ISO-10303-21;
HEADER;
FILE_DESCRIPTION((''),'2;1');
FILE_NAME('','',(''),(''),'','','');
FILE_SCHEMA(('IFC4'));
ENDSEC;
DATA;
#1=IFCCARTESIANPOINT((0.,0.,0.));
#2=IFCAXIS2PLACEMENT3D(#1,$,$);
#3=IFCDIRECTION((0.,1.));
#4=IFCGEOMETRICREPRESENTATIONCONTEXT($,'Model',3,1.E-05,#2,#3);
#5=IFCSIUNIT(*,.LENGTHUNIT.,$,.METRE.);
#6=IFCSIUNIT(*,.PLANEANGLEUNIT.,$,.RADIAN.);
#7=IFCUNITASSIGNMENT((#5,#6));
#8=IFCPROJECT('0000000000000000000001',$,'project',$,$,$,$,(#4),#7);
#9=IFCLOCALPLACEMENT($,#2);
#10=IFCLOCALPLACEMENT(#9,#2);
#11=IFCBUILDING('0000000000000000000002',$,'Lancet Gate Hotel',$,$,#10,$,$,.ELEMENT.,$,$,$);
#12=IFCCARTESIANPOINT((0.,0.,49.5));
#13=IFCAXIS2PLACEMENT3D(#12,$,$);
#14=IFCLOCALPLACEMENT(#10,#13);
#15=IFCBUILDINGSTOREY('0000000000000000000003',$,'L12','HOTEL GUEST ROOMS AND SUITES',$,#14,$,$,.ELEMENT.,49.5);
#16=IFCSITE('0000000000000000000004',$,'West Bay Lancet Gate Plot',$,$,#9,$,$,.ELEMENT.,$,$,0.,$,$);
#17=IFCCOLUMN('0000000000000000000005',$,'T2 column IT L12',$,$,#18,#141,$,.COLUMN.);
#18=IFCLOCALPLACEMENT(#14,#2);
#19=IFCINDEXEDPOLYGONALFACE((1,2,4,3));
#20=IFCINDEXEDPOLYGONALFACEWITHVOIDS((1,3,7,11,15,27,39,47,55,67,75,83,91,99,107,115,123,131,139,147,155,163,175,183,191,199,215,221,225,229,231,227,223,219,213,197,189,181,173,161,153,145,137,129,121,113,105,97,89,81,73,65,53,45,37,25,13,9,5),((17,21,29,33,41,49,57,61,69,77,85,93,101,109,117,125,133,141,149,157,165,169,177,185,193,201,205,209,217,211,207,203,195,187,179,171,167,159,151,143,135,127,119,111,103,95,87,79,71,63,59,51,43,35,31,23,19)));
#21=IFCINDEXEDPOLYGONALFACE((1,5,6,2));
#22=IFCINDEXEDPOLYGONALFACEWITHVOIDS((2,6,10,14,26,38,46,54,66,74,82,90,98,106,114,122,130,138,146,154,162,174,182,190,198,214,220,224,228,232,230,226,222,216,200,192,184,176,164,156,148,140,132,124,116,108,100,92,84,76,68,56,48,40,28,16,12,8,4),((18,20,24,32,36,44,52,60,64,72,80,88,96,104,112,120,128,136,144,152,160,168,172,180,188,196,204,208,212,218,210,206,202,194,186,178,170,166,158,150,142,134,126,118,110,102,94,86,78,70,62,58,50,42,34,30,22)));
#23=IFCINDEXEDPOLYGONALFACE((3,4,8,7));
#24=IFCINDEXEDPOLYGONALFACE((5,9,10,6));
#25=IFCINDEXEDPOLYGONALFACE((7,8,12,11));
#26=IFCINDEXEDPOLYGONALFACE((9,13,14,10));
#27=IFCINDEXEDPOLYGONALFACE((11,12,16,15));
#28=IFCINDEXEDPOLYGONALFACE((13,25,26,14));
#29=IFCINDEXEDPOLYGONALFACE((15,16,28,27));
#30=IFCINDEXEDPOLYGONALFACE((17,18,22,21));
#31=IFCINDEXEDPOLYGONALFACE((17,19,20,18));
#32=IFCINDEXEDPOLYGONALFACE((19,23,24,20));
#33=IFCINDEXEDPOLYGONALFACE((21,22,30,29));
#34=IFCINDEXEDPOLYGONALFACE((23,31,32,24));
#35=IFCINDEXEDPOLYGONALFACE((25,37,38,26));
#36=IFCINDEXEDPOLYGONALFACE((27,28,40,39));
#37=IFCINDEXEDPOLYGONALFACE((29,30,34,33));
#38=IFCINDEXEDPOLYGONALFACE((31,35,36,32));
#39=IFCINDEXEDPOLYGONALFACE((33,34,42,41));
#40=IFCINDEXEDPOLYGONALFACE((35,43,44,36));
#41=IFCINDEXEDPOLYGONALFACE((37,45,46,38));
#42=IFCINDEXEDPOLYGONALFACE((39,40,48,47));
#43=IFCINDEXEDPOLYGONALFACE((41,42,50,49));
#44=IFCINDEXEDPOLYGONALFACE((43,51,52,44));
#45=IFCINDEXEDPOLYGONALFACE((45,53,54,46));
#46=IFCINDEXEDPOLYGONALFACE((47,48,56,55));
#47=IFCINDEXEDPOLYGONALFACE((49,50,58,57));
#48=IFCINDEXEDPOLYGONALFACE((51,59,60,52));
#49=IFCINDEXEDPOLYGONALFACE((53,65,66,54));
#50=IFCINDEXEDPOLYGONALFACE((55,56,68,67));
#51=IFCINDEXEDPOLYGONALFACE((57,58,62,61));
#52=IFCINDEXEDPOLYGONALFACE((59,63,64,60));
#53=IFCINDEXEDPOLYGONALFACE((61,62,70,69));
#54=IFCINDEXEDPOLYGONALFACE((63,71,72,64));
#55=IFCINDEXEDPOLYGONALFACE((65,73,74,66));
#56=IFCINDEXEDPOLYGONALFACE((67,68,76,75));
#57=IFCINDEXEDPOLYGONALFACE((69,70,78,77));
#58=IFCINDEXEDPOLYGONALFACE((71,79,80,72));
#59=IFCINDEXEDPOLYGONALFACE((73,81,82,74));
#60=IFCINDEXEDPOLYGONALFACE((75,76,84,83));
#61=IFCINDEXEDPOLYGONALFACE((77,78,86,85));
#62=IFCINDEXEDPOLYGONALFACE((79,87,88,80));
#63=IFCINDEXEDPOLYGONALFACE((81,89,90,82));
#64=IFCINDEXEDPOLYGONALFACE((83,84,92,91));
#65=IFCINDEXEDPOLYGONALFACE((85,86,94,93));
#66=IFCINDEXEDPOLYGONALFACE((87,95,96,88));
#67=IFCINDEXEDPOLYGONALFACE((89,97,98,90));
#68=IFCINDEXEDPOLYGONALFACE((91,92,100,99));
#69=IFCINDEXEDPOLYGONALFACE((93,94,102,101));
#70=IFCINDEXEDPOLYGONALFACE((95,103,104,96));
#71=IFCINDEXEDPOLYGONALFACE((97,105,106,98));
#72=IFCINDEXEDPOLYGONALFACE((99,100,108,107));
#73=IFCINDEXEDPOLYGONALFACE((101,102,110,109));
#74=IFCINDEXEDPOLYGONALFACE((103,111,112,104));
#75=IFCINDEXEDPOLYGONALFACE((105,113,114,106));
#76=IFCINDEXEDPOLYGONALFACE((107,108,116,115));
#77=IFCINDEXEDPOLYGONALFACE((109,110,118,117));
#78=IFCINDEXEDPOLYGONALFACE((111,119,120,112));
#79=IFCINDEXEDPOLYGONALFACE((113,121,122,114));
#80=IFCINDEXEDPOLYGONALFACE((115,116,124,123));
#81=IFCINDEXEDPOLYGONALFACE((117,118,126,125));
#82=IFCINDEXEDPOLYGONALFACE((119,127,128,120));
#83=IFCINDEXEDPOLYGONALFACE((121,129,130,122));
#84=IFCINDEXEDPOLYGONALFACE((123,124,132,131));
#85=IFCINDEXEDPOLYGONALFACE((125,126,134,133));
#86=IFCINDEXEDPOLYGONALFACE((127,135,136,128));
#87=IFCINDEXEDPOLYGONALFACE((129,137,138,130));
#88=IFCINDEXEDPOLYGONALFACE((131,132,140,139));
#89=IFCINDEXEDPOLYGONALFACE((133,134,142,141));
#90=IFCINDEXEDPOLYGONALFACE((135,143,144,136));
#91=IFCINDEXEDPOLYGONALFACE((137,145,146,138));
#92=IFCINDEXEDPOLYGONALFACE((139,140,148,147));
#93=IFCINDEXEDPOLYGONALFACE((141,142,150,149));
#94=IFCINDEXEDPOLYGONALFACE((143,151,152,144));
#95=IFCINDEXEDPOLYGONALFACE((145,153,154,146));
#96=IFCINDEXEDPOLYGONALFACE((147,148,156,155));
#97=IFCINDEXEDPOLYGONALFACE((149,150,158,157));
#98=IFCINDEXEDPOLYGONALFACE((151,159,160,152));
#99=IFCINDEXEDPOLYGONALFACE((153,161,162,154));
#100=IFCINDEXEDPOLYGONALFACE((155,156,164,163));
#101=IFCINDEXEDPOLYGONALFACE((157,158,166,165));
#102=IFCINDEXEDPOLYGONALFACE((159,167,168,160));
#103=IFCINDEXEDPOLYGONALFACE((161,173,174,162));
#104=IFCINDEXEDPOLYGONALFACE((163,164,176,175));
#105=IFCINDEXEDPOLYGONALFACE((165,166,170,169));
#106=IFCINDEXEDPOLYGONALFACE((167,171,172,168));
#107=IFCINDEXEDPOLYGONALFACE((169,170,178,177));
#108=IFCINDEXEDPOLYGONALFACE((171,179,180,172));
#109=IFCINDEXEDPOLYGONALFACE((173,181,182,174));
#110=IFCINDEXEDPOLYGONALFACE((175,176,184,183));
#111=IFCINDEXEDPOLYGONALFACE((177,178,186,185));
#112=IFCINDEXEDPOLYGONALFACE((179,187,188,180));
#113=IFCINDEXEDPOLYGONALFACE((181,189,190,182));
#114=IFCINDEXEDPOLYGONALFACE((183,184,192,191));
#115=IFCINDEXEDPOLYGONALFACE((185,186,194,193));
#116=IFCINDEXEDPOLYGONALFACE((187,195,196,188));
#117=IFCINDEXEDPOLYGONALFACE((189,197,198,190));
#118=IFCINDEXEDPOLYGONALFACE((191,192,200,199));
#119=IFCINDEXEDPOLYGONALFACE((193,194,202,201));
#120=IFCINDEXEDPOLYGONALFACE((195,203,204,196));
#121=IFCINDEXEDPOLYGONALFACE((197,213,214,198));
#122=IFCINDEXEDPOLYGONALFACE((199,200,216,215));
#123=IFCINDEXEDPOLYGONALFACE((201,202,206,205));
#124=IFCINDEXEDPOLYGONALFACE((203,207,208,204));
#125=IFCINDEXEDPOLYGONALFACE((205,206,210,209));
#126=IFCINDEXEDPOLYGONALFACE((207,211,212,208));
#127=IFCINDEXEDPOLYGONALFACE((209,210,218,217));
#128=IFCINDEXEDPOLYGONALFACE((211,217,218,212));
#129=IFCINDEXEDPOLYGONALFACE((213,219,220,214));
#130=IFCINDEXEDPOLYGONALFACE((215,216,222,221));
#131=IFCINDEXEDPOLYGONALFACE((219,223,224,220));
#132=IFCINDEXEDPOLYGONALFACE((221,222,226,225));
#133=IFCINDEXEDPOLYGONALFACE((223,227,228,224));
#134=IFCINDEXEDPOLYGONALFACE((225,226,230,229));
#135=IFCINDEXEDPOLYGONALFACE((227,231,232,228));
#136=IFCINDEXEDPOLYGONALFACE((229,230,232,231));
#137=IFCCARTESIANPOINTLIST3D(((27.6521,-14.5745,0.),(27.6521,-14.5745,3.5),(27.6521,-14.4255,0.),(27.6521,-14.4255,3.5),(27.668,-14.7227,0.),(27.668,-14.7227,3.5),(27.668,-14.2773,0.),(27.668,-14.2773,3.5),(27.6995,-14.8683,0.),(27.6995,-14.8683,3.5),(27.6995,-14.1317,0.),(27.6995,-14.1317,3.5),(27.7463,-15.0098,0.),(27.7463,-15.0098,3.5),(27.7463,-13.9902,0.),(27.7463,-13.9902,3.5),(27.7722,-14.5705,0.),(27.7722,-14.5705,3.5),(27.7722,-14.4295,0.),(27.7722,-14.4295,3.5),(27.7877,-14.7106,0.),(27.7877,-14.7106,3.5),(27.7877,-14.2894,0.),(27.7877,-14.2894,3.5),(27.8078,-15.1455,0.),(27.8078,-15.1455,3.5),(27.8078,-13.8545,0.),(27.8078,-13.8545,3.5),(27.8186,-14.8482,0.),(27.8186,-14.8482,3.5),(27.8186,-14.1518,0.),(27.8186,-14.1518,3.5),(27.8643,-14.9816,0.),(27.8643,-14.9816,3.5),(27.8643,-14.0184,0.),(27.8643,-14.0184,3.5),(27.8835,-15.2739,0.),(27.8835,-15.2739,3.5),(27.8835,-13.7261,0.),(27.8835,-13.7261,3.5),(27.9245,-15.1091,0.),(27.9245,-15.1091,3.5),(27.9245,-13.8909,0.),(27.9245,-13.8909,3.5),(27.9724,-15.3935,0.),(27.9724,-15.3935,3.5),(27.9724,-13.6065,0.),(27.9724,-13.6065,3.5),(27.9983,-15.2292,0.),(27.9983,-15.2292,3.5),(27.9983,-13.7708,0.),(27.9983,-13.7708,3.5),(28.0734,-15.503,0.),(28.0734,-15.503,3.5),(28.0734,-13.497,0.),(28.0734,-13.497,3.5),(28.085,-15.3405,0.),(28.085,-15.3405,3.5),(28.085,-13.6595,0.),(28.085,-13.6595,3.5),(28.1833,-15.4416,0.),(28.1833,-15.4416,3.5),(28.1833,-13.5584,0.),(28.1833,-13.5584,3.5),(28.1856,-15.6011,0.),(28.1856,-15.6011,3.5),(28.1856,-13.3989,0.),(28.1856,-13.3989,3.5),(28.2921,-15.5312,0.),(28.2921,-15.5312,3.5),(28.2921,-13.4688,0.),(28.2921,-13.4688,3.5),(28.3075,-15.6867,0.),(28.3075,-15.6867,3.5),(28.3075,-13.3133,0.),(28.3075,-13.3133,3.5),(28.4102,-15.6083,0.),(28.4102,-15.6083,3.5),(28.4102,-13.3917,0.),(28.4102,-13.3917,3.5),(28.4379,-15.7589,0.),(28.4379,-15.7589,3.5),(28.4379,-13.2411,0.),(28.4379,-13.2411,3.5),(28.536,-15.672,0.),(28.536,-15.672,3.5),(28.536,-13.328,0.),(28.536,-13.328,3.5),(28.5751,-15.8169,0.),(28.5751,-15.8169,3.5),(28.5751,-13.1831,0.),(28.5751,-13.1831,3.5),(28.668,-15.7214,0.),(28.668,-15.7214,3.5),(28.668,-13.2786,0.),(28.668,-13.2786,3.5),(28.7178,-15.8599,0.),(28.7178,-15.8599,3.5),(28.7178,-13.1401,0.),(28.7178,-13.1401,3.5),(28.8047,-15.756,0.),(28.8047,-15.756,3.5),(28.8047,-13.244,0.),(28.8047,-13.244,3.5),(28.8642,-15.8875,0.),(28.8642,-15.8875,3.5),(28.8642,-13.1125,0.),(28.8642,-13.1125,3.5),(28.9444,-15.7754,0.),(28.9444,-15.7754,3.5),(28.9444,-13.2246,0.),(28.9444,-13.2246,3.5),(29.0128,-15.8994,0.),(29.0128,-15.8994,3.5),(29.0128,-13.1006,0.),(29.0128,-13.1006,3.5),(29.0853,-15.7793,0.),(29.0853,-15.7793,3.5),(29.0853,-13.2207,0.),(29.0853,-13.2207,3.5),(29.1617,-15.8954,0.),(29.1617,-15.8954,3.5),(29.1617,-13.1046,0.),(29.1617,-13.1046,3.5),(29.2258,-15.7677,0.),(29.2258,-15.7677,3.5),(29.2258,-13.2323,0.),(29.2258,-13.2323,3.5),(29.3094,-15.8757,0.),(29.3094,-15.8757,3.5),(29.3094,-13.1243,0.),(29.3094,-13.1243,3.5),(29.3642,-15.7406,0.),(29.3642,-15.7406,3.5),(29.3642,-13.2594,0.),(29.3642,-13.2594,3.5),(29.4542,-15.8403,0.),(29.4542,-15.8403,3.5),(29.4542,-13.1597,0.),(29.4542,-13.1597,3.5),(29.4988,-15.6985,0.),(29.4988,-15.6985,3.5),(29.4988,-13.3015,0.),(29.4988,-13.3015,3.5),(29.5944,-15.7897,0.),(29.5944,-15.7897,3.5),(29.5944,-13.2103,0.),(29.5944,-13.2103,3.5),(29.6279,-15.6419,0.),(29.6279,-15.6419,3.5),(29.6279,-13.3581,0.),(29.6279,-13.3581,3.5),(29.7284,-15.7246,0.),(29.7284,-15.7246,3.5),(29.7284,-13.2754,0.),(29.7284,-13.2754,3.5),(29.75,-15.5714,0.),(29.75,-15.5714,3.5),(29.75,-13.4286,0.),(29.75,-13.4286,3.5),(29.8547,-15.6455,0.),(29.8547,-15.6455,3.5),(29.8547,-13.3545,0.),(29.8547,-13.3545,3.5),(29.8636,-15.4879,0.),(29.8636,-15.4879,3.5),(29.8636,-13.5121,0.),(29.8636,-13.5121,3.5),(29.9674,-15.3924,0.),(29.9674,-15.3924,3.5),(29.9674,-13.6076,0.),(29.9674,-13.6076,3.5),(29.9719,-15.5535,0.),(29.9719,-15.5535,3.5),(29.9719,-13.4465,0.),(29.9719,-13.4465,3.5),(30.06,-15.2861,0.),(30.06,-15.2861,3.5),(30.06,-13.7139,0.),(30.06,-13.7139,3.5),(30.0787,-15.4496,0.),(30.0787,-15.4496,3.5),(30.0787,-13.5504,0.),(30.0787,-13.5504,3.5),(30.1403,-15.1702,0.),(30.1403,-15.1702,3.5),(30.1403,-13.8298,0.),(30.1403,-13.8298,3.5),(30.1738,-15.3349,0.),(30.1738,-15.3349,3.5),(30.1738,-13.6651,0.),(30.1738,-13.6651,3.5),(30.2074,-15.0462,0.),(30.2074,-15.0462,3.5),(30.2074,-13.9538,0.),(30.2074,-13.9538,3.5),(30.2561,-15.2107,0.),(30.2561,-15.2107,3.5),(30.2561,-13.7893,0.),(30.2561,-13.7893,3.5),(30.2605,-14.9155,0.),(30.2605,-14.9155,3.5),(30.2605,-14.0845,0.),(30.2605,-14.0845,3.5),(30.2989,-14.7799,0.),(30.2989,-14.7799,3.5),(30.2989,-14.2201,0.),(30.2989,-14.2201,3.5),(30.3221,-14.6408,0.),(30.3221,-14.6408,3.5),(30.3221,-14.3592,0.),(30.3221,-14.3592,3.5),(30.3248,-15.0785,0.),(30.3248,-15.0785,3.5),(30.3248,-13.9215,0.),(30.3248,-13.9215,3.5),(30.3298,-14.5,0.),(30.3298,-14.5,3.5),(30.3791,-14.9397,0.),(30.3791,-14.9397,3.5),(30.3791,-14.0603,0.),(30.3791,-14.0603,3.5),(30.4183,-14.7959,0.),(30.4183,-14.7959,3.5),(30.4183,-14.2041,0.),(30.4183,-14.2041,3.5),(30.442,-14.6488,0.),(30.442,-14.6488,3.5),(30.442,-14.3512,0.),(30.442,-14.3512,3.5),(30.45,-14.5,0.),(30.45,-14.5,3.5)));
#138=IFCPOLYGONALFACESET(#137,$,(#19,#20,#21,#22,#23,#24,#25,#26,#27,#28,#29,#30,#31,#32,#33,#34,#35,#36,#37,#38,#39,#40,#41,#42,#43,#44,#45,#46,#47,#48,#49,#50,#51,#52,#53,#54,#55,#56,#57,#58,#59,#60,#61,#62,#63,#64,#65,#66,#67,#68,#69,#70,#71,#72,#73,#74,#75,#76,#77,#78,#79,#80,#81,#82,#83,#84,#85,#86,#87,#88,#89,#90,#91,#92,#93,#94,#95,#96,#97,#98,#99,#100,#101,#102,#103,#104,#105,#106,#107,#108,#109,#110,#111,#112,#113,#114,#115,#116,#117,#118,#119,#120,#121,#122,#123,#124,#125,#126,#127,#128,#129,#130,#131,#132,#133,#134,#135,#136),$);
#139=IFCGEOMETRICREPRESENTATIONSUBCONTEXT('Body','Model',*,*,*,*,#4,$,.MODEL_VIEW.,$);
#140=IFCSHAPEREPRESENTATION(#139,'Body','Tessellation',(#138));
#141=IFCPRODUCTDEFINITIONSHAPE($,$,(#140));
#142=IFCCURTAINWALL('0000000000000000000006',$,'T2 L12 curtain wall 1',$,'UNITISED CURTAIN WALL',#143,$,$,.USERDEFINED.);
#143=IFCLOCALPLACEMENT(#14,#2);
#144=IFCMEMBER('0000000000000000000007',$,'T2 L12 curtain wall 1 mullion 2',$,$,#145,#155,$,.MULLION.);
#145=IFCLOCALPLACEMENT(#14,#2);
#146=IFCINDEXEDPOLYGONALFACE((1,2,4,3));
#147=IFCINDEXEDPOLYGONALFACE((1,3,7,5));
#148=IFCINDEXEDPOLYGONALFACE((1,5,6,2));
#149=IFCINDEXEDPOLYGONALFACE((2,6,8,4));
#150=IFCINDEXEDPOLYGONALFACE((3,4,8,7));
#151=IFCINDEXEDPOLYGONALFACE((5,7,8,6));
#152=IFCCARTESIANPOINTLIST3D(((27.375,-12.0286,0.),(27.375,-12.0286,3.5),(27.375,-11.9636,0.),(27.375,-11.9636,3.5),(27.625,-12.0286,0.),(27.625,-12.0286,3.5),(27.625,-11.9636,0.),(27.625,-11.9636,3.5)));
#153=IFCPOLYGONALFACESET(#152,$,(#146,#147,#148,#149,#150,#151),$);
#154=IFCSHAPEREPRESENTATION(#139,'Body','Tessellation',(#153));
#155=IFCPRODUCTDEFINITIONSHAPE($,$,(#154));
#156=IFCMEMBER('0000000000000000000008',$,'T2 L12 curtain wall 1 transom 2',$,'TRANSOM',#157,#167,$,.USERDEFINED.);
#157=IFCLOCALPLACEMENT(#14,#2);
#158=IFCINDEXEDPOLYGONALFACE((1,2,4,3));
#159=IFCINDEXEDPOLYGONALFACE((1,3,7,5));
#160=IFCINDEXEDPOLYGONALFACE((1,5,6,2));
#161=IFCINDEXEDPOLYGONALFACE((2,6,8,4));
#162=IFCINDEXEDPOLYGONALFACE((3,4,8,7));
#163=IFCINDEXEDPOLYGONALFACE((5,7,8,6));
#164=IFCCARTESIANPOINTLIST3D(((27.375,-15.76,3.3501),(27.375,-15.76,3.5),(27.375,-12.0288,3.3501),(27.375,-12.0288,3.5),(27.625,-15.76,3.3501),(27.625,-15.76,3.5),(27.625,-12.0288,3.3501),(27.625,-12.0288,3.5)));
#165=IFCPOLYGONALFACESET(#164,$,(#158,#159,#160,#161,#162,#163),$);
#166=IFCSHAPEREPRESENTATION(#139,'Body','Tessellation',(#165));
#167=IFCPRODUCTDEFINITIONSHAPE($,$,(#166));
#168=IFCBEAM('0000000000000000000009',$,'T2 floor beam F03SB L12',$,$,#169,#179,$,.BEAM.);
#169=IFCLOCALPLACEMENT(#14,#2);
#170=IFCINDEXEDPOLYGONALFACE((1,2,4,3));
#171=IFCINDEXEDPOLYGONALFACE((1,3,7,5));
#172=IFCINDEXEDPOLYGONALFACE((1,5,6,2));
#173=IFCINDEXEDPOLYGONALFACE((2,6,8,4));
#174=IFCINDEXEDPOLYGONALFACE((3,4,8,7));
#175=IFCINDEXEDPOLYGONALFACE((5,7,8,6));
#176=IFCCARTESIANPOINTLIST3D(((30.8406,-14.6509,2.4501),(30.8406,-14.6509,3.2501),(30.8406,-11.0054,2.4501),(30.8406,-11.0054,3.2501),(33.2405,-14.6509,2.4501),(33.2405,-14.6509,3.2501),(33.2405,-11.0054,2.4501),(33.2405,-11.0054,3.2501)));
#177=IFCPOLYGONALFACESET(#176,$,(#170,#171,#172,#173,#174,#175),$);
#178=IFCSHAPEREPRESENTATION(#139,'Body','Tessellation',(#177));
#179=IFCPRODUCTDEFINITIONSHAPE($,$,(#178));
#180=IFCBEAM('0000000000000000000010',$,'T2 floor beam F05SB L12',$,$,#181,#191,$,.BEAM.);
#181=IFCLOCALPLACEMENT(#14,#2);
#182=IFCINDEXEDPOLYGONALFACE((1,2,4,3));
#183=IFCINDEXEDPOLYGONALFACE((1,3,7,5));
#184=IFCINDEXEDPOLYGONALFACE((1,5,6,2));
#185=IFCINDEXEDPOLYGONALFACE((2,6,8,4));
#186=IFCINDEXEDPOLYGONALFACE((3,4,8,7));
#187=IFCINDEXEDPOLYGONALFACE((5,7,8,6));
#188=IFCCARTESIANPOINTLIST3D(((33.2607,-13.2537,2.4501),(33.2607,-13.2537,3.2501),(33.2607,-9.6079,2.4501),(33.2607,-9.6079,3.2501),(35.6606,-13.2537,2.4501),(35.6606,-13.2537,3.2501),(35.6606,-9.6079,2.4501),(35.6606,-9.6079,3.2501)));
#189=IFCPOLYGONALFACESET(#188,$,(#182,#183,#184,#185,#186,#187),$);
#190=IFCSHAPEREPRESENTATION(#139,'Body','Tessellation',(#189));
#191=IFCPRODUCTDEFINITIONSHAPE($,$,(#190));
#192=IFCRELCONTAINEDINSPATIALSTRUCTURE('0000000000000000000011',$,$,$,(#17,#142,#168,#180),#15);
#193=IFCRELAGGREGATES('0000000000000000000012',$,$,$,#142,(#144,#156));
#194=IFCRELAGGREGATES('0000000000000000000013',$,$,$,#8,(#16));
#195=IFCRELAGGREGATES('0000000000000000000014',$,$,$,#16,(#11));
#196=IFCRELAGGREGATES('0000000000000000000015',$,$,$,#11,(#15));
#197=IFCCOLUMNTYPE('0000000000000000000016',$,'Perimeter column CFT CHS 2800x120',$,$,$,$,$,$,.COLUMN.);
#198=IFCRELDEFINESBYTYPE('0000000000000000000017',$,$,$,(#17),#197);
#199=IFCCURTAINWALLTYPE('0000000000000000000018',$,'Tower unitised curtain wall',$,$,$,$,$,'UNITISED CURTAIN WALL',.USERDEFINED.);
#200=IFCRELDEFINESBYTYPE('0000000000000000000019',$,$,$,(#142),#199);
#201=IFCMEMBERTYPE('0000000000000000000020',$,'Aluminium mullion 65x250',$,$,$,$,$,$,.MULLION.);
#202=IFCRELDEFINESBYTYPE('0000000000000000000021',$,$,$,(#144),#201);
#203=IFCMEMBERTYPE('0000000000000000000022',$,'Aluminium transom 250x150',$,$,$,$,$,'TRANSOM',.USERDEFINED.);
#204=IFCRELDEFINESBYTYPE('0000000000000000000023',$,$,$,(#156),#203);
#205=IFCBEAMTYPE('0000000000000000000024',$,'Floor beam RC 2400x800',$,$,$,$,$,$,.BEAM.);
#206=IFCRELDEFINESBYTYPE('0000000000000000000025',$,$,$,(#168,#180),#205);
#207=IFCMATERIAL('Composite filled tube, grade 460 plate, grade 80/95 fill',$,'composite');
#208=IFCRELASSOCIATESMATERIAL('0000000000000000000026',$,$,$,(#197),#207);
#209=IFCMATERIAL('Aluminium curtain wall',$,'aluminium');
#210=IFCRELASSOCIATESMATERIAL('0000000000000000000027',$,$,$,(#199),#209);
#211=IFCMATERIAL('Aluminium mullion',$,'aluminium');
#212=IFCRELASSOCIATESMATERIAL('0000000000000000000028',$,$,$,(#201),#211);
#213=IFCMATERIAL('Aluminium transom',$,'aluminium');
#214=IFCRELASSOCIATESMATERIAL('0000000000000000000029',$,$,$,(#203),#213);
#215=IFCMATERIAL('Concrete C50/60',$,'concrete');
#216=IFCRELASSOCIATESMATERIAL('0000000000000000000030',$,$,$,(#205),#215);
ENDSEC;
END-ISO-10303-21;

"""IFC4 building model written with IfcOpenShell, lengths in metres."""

from ifc_helpers import new_model, si_unit, direction, frame, origin, origin_2d, place, context, subcontext, project, spatial, rectangle, hollow_circle, extrude, material, material_profile, profile_set, type_object, element, aggregate, save


model = new_model("IFC4")

# Units and contexts
model_context = context("Model", 3, precision=1e-05, world=origin(), true_north=direction((0.0, 1.0)))
body_context = subcontext(model_context, "Body", "Model", "MODEL_VIEW")
ifc_project = project(units=[si_unit("LENGTHUNIT", "METRE"), si_unit("PLANEANGLEUNIT", "RADIAN")], contexts=[model_context])

# Site, building, storey
site_placement = place(None, origin())
site = spatial("IfcSite", under=ifc_project, at=site_placement, Name="West Bay Lancet Gate Plot", CompositionType="ELEMENT", RefElevation=0.0)
building_placement = place(site_placement, origin())
building = spatial("IfcBuilding", under=site, at=building_placement, Name="Lancet Gate Hotel", CompositionType="ELEMENT")
storey_placement = place(building_placement, frame((0.0, 0.0, 49.5)))
storey = spatial("IfcBuildingStorey", under=building, at=storey_placement, Name="L12", Description="HOTEL GUEST ROOMS AND SUITES", CompositionType="ELEMENT", Elevation=49.5)

# Column
ifc_material_1 = material(Name="Composite filled tube, grade 460 plate, grade 80/95 fill", Category="composite")
ifc_material_profile_1 = material_profile(ifc_material_1, hollow_circle(Radius=1.3999, WallThickness=0.1201, at=origin_2d()), Name="CHS 2800x120")
ifc_profile_set_1 = profile_set([ifc_material_profile_1], Name="Composite filled tube, grade 460 plate, grade 80/95 fill")
column_type = type_object("IfcColumnType", Name="Perimeter column CFT CHS 2800x120", PredefinedType="COLUMN", material=ifc_profile_set_1)
for number, where, z_axis, x_axis, name in (
    (1, (29.05, -14.5, 0.0), (0.0, 0.0, 1.0), (1.0, 0.0, 0.0), "T2 column IT L12"),
):
    element("IfcColumn", number, at=place(storey_placement, frame(where, z_axis=z_axis, x_axis=x_axis)), inside=storey, type_object=column_type, Name=name, PredefinedType="COLUMN", context=body_context, shape_type="SweptSolid", body=[
        extrude(hollow_circle(Radius=1.3999, WallThickness=0.1201, at=origin_2d()), origin(), (0.0, 0.0, 1.0), 3.5),
    ])

# Curtain wall, members
ifc_material_2 = material(Name="Aluminium curtain wall", Category="aluminium")
curtain_wall_type = type_object("IfcCurtainWallType", Name="Tower unitised curtain wall", ElementType="UNITISED CURTAIN WALL", PredefinedType="USERDEFINED", material=ifc_material_2)
curtain_wall_placement = place(storey_placement, origin())
curtain_wall = element("IfcCurtainWall", 2, at=curtain_wall_placement, inside=storey, type_object=curtain_wall_type, Name="T2 L12 curtain wall 1", ObjectType="UNITISED CURTAIN WALL", PredefinedType="USERDEFINED")
ifc_material_3 = material(Name="Aluminium mullion", Category="aluminium")
ifc_material_profile_2 = material_profile(ifc_material_3, rectangle(XDim=0.0649, YDim=0.25, at=origin_2d()), Name="MULLION 65x250")
ifc_profile_set_2 = profile_set([ifc_material_profile_2], Name="Aluminium mullion")
member_type_1 = type_object("IfcMemberType", Name="Aluminium mullion 65x250", PredefinedType="MULLION", material=ifc_profile_set_2)
member_1_placement = place(storey_placement, frame((27.5, -11.9961, 0.0), z_axis=(0.0, 0.0, 1.0), x_axis=(0.0, -1.0, 0.0)))
member_1 = element("IfcMember", 3, at=member_1_placement, type_object=member_type_1, Name="T2 L12 curtain wall 1 mullion 2", PredefinedType="MULLION", context=body_context, shape_type="SweptSolid", body=[
    extrude(rectangle(XDim=0.0649, YDim=0.25, at=origin_2d()), origin(), (0.0, 0.0, 1.0), 3.5),
])
ifc_material_4 = material(Name="Aluminium transom", Category="aluminium")
ifc_material_profile_3 = material_profile(ifc_material_4, rectangle(XDim=0.25, YDim=0.1499, at=origin_2d()), Name="TRANSOM 250x150")
ifc_profile_set_3 = profile_set([ifc_material_profile_3], Name="Aluminium transom")
member_type_2 = type_object("IfcMemberType", Name="Aluminium transom 250x150", ElementType="TRANSOM", PredefinedType="USERDEFINED", material=ifc_profile_set_3)
member_2_placement = place(storey_placement, frame((27.5, -12.0288, 3.425), z_axis=(0.0, -1.0, 0.0), x_axis=(1.0, 0.0, 0.0)))
member_2 = element("IfcMember", 4, at=member_2_placement, type_object=member_type_2, Name="T2 L12 curtain wall 1 transom 2", ObjectType="TRANSOM", PredefinedType="USERDEFINED", context=body_context, shape_type="SweptSolid", body=[
    extrude(rectangle(XDim=0.25, YDim=0.1499, at=origin_2d()), origin(), (0.0, 0.0, 1.0), 3.7312),
])

# Beams
ifc_material_5 = material(Name="Concrete C50/60", Category="concrete")
ifc_material_profile_4 = material_profile(ifc_material_5, rectangle(XDim=2.3999, YDim=0.8, at=origin_2d()), Name="RC 2400x800")
ifc_profile_set_4 = profile_set([ifc_material_profile_4], Name="Concrete C50/60")
beam_type_1 = type_object("IfcBeamType", Name="Floor beam RC 2400x800", PredefinedType="BEAM", material=ifc_profile_set_4)
beam_1_placement = place(storey_placement, frame((32.0405, -14.6509, 2.8501), z_axis=(0.0, 1.0, 0.0), x_axis=(-1.0, 0.0, 0.0)))
element("IfcBeam", 5, at=beam_1_placement, inside=storey, type_object=beam_type_1, Name="T2 floor beam F03SB L12", PredefinedType="BEAM", context=body_context, shape_type="SweptSolid", body=[
    extrude(rectangle(XDim=2.3999, YDim=0.8, at=origin_2d()), origin(), (0.0, 0.0, 1.0), 3.6455),
])
for number, where, z_axis, x_axis, name in (
    (6, (34.4607, -13.2537, 2.8501), (0.0, 1.0, 0.0), (-1.0, 0.0, 0.0), "T2 floor beam F05SB L12"),
):
    element("IfcBeam", number, at=place(storey_placement, frame(where, z_axis=z_axis, x_axis=x_axis)), inside=storey, type_object=beam_type_1, Name=name, PredefinedType="BEAM", context=body_context, shape_type="SweptSolid", body=[
        extrude(rectangle(XDim=2.3999, YDim=0.8, at=origin_2d()), origin(), (0.0, 0.0, 1.0), 3.6458),
    ])

aggregate(curtain_wall, [member_1, member_2])

save(model, "model.ifc")
